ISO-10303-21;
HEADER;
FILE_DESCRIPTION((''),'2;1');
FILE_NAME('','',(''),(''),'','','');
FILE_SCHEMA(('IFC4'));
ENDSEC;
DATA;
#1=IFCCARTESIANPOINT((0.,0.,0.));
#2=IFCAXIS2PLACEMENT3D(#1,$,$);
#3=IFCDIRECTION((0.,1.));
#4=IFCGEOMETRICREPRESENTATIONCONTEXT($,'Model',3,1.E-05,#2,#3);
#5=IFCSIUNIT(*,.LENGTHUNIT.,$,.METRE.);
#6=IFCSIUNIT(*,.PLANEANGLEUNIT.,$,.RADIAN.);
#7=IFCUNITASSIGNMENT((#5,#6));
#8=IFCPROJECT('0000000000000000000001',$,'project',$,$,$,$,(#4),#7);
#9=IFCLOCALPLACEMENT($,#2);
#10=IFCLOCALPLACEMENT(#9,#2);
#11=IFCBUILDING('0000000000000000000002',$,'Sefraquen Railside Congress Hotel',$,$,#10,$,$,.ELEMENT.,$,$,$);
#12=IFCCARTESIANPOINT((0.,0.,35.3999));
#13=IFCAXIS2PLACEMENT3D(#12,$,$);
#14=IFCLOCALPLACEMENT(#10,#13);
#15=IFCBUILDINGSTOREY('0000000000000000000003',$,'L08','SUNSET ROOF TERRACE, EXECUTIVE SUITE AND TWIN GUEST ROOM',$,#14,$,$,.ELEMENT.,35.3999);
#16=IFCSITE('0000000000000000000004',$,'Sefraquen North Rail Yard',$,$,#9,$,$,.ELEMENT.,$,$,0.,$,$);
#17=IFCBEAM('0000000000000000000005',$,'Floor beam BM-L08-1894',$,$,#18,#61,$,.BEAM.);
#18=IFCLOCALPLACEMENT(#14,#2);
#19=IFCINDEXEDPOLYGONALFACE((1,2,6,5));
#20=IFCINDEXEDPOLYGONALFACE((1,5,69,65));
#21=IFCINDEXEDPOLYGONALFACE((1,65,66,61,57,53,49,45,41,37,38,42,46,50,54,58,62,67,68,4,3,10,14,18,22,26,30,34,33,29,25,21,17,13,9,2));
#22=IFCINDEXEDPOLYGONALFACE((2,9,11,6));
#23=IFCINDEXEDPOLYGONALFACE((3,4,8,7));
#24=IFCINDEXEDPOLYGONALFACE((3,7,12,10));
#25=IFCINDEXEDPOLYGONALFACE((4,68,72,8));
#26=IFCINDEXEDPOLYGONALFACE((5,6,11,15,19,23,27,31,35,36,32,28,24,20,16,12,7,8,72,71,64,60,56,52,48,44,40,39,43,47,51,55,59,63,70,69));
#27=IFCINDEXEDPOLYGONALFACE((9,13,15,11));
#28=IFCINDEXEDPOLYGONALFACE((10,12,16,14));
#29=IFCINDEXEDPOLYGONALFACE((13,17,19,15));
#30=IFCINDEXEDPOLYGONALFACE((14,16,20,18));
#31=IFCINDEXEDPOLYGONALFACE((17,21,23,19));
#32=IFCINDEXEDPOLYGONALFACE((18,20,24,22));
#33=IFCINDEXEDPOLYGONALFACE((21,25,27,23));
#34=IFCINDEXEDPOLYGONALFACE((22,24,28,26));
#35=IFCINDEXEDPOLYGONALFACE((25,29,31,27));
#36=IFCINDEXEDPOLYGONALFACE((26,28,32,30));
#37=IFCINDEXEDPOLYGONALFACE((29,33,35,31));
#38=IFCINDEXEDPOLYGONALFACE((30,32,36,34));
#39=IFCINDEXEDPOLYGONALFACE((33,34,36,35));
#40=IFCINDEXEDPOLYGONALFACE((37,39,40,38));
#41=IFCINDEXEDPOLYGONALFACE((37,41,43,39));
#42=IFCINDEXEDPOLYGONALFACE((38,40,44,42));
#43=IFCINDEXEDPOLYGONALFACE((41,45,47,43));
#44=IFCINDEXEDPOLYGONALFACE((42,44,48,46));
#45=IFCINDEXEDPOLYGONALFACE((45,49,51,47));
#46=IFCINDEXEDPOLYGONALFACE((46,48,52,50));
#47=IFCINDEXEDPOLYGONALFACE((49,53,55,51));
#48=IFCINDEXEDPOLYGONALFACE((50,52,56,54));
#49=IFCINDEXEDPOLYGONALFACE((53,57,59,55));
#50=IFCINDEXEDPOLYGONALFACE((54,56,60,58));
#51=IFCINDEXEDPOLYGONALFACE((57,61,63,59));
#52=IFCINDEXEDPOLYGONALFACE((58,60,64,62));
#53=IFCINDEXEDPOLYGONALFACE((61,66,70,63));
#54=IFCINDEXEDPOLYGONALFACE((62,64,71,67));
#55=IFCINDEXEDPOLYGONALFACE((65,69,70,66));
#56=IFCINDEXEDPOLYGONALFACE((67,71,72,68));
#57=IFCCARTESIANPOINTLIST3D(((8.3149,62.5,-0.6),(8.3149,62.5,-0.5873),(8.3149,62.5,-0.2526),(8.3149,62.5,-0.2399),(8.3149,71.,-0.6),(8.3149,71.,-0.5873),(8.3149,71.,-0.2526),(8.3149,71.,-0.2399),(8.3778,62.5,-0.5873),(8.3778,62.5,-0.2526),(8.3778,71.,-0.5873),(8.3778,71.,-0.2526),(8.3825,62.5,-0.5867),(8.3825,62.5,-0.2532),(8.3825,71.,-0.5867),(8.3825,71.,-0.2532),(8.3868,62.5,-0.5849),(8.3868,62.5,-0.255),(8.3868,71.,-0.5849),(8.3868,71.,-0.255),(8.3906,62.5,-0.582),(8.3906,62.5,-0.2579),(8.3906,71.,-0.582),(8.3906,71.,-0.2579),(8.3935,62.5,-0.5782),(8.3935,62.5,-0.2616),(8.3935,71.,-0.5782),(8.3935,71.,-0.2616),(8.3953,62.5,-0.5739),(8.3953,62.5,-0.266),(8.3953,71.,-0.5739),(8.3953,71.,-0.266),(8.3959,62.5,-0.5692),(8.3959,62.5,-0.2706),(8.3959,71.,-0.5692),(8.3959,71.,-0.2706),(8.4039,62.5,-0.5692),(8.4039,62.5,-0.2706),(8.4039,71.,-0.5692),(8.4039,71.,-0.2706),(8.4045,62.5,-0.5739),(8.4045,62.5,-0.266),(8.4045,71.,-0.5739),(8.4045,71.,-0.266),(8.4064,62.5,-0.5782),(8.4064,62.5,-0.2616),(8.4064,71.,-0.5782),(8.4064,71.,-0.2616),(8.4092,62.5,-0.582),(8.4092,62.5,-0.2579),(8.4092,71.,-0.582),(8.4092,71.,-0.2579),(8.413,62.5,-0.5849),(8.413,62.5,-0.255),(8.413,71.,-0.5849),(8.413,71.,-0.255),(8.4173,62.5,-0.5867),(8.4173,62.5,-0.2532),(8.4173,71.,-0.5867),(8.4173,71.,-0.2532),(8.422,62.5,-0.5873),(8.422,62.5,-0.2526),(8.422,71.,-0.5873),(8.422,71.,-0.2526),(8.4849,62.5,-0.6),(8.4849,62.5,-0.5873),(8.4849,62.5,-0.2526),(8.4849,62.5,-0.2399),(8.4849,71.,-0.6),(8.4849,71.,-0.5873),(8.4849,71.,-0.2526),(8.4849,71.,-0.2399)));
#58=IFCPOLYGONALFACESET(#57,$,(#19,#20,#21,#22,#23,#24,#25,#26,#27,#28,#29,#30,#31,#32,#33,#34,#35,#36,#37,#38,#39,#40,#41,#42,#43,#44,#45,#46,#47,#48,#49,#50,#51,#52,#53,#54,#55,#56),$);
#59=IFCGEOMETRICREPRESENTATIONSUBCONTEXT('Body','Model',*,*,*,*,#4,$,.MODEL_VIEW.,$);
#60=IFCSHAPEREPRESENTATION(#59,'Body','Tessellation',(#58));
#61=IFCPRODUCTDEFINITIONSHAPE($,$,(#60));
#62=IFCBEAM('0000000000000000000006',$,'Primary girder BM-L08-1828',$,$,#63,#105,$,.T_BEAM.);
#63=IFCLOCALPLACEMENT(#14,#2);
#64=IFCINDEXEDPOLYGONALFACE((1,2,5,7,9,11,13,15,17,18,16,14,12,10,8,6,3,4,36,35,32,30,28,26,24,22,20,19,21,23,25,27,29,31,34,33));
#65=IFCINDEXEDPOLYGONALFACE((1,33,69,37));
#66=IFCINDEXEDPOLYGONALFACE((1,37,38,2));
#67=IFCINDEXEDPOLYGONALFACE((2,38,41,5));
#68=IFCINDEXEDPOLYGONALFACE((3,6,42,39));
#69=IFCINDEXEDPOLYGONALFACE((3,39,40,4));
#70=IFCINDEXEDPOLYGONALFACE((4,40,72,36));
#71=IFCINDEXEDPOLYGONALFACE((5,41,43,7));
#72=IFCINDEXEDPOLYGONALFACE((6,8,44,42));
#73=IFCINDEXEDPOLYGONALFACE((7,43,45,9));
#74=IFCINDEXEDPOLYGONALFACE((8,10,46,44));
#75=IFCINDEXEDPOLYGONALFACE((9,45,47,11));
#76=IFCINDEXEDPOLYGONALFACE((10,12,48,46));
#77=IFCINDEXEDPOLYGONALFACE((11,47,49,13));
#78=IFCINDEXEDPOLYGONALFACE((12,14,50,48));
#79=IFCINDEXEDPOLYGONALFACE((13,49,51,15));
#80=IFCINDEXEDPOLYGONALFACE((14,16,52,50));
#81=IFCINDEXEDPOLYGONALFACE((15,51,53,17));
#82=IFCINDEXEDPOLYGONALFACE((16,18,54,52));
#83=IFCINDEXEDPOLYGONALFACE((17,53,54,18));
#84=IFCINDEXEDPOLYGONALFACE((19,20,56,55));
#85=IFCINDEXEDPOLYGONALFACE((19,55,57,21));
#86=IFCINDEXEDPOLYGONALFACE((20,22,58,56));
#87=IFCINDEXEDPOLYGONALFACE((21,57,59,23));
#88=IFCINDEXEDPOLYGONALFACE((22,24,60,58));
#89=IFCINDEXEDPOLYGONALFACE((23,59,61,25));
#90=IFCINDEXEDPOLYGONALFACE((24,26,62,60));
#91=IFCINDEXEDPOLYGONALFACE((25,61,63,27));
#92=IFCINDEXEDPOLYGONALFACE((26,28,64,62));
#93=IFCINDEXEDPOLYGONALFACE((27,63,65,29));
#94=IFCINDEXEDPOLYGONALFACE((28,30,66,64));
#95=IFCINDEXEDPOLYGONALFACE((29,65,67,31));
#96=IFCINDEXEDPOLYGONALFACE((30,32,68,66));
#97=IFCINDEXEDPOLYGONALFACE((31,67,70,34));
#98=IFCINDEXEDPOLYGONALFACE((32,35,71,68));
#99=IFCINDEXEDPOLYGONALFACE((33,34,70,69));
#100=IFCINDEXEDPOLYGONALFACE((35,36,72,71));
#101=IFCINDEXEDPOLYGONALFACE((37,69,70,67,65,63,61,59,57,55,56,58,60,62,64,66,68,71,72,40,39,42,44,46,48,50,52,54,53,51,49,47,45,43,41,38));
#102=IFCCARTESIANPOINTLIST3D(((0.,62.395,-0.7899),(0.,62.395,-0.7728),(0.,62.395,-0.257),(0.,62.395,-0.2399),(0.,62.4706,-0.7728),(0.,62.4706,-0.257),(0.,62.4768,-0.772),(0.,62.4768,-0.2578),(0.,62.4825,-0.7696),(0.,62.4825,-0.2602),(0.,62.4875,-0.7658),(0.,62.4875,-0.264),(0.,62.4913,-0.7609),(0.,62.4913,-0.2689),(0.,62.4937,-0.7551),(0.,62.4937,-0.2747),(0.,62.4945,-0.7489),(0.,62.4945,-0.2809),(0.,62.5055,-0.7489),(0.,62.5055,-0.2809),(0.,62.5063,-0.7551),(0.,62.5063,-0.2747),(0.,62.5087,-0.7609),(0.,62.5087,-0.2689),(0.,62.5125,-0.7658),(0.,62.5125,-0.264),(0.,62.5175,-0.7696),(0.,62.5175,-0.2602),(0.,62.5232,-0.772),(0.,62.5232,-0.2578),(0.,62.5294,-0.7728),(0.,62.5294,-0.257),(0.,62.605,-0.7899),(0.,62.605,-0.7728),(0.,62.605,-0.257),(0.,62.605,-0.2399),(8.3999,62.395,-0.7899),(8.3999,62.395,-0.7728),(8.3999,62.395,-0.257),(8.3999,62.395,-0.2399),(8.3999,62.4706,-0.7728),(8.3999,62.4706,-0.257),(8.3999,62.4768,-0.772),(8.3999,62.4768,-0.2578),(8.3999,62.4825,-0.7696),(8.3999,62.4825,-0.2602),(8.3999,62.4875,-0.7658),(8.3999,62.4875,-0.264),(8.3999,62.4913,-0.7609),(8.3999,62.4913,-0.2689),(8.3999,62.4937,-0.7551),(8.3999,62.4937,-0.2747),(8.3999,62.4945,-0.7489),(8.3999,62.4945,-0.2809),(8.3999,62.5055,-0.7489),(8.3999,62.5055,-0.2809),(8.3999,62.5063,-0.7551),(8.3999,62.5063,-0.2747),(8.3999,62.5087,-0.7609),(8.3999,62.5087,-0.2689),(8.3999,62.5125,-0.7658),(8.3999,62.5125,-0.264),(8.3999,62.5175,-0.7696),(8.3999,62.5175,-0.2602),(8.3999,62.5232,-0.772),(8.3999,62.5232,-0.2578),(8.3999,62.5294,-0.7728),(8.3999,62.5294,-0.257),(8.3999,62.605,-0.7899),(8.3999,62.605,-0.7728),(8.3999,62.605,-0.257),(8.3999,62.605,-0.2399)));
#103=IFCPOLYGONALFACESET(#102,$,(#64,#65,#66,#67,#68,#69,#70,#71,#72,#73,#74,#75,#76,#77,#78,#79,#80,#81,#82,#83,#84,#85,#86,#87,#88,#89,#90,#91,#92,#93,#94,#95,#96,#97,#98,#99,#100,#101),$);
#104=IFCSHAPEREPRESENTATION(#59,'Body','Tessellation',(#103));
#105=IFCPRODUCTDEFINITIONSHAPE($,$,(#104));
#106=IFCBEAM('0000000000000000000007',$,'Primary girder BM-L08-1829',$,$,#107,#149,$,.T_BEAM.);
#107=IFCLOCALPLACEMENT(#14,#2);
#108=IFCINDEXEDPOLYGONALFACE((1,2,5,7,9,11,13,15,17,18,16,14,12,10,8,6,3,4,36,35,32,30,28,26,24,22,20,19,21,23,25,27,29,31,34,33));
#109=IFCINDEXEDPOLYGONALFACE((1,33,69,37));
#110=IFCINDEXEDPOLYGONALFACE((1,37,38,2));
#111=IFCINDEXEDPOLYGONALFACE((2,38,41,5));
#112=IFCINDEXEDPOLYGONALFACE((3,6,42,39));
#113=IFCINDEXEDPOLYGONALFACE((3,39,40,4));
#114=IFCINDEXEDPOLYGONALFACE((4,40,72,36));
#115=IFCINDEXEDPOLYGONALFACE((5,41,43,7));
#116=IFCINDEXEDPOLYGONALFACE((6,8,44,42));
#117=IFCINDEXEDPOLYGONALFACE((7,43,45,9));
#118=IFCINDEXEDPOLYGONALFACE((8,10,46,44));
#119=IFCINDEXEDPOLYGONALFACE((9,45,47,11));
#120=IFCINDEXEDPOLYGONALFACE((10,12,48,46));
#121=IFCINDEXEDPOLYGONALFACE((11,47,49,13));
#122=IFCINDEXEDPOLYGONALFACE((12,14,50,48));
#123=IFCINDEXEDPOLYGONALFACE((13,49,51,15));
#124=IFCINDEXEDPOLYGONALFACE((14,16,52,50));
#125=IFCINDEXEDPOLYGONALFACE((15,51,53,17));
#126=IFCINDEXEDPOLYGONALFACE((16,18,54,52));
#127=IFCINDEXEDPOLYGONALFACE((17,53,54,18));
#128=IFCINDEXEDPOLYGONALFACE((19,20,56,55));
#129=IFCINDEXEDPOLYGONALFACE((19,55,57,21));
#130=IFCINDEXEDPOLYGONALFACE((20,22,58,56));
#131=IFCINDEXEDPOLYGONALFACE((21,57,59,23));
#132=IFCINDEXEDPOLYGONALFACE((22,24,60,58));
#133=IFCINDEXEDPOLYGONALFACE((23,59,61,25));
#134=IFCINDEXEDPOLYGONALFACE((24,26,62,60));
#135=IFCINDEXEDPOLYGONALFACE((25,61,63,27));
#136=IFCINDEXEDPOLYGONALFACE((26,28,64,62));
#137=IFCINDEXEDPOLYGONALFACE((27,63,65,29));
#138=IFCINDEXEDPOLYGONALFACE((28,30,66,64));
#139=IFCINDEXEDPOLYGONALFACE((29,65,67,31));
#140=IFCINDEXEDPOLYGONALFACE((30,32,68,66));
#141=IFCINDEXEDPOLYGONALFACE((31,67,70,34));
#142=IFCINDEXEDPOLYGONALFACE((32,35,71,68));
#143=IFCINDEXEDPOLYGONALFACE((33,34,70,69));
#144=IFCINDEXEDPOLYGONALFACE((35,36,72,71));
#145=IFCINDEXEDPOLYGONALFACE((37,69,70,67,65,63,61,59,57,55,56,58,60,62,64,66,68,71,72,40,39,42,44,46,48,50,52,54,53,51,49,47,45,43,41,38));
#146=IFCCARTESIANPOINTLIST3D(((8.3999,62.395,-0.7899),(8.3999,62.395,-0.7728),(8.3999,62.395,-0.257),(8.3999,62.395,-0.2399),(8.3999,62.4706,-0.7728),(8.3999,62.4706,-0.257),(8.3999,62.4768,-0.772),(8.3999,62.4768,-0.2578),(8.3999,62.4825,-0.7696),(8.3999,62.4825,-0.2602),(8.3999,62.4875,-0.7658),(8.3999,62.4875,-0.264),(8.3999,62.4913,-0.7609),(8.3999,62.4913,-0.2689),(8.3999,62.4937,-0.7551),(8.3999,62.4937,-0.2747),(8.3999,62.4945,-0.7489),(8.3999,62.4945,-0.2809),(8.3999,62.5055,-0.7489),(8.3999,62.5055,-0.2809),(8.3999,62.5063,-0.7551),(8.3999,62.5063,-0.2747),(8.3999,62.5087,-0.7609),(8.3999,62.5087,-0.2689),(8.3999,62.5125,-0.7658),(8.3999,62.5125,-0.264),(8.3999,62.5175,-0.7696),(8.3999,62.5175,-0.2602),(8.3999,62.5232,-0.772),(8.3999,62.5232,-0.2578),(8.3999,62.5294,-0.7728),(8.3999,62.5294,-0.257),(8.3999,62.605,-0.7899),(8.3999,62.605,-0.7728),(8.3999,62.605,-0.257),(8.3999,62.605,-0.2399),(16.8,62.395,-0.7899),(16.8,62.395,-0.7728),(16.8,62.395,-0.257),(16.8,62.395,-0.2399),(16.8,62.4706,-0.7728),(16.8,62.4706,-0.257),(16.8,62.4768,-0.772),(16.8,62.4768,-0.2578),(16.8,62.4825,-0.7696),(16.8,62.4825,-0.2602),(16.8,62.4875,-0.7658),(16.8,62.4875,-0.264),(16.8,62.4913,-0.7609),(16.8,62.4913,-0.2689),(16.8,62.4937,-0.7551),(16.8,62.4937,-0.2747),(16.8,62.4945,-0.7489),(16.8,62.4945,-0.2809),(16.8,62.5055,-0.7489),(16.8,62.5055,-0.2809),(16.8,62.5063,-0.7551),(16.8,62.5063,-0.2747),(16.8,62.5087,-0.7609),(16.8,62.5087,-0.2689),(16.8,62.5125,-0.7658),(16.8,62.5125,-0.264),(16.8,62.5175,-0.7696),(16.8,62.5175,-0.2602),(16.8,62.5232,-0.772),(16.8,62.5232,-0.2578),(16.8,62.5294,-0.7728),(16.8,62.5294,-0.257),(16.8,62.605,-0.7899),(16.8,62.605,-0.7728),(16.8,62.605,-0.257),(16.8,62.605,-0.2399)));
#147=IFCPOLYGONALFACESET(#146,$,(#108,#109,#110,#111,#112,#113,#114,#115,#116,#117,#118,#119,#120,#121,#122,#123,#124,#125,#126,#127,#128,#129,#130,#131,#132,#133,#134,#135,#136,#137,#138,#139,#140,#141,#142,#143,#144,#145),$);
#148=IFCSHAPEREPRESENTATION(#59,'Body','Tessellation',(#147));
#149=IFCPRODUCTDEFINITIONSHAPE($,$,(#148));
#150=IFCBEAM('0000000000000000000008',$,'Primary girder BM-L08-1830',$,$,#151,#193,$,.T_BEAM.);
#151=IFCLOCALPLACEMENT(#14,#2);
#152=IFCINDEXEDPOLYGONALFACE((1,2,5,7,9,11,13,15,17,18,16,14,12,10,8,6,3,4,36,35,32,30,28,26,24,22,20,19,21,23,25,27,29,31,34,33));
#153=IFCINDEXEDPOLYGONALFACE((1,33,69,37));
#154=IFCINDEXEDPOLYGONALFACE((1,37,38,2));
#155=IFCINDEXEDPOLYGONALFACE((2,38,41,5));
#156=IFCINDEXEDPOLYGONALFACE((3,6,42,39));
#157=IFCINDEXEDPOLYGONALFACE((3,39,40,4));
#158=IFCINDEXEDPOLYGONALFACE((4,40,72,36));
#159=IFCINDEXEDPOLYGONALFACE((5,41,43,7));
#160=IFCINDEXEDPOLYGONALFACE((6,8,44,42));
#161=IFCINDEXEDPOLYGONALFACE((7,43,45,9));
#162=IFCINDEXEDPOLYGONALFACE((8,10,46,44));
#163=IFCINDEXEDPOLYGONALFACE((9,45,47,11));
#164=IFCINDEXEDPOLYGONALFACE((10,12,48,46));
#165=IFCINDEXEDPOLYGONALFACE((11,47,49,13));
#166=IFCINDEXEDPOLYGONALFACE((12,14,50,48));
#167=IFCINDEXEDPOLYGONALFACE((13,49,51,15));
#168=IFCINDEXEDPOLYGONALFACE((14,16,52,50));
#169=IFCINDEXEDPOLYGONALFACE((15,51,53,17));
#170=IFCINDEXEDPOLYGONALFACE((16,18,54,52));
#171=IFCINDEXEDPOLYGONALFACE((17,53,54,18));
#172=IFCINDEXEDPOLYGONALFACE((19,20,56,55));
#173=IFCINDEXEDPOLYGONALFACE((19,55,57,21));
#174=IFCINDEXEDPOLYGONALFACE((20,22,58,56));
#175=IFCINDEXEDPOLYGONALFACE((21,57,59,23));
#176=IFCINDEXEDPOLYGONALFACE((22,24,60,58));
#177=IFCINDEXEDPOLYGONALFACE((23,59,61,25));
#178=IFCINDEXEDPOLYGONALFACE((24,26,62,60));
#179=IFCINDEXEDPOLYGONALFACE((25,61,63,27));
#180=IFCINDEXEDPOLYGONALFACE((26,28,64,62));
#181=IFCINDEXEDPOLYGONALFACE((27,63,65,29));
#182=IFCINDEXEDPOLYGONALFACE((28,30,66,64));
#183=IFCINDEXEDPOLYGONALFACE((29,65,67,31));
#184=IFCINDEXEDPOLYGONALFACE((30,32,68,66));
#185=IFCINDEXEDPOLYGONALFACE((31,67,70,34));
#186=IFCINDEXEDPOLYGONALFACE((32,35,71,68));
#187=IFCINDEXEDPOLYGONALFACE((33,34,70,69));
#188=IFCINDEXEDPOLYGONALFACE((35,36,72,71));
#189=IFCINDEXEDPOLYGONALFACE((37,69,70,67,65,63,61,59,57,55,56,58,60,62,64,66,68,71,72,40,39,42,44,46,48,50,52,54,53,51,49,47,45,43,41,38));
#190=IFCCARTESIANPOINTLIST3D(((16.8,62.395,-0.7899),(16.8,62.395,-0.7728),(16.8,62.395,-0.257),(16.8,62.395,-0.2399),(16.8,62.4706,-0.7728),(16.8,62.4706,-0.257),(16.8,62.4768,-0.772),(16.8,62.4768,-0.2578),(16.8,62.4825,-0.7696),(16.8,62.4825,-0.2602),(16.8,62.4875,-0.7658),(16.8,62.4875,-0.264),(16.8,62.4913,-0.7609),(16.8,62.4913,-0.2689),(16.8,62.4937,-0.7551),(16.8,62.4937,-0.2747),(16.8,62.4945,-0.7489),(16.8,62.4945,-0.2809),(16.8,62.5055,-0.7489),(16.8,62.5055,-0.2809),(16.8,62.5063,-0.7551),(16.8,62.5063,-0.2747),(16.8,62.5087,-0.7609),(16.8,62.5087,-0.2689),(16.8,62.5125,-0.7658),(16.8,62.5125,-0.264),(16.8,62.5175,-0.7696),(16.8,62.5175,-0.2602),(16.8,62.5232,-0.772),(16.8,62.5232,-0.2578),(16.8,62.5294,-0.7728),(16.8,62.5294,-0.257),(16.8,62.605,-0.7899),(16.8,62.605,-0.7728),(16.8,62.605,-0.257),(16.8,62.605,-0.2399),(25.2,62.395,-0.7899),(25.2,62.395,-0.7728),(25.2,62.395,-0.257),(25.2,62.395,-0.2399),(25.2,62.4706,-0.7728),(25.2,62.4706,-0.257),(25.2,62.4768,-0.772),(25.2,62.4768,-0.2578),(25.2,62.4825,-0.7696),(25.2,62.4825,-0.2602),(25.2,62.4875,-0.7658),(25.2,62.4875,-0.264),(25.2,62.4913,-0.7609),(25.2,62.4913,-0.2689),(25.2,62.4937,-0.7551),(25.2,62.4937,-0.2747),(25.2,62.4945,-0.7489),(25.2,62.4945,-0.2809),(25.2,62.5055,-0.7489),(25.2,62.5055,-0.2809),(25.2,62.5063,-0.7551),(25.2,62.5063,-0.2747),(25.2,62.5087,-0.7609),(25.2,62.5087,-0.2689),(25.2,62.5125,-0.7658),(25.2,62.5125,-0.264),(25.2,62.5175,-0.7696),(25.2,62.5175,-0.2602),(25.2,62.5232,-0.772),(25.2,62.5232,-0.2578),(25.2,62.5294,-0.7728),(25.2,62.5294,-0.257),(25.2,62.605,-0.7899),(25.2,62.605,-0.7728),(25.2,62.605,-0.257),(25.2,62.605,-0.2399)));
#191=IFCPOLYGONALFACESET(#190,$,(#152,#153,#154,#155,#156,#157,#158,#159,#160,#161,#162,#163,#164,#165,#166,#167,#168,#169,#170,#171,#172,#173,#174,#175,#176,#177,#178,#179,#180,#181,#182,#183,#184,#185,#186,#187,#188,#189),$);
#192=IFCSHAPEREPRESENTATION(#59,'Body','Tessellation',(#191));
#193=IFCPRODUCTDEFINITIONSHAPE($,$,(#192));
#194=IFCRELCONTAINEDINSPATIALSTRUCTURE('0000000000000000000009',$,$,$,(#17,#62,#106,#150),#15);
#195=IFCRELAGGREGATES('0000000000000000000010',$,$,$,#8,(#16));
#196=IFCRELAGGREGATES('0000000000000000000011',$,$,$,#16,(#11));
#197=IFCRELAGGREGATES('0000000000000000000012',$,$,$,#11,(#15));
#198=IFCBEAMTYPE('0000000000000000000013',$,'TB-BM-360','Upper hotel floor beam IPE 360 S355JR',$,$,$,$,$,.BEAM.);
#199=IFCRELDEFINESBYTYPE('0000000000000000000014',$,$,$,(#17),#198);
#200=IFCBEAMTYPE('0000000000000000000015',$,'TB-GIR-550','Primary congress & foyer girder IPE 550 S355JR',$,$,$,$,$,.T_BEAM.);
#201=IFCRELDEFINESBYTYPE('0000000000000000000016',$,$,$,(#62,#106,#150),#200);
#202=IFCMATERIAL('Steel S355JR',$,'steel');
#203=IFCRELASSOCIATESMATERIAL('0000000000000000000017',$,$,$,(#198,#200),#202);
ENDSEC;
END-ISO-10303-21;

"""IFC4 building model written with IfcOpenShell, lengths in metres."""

from ifc_helpers import new_model, si_unit, direction, frame, origin, origin_2d, place, context, subcontext, project, spatial, i_section, extrude, material, material_profile, profile_set, type_object, element, save


model = new_model("IFC4")

# Units and contexts
model_context = context("Model", 3, precision=1e-05, world=origin(), true_north=direction((0.0, 1.0)))
body_context = subcontext(model_context, "Body", "Model", "MODEL_VIEW")
ifc_project = project(units=[si_unit("LENGTHUNIT", "METRE"), si_unit("PLANEANGLEUNIT", "RADIAN")], contexts=[model_context])

# Site, building, storey
site_placement = place(None, origin())
site = spatial("IfcSite", under=ifc_project, at=site_placement, Name="Sefraquen North Rail Yard", CompositionType="ELEMENT", RefElevation=0.0)
building_placement = place(site_placement, origin())
building = spatial("IfcBuilding", under=site, at=building_placement, Name="Sefraquen Railside Congress Hotel", CompositionType="ELEMENT")
storey_placement = place(building_placement, frame((0.0, 0.0, 35.3999)))
storey = spatial("IfcBuildingStorey", under=building, at=storey_placement, Name="L08", Description="SUNSET ROOF TERRACE, EXECUTIVE SUITE AND TWIN GUEST ROOM", CompositionType="ELEMENT", Elevation=35.3999)

# Shared definitions
ifc_material_1 = material(Name="Steel S355JR", Category="steel")

# Beams
ifc_material_profile_1 = material_profile(ifc_material_1, i_section(OverallWidth=0.1699, OverallDepth=0.3601, WebThickness=0.0081, FlangeThickness=0.0127, FilletRadius=0.0181, at=origin_2d()), Name="IPE 360")
ifc_profile_set_1 = profile_set([ifc_material_profile_1], Name="Steel S355JR")
beam_type_1 = type_object("IfcBeamType", Name="TB-BM-360", Description="Upper hotel floor beam IPE 360 S355JR", PredefinedType="BEAM", material=ifc_profile_set_1)
for number, where, z_axis, x_axis, name in (
    (1, (8.3999, 62.5, -0.4199), (0.0, 1.0, 0.0), (-1.0, 0.0, 0.0), "Floor beam BM-L08-1894"),
):
    element("IfcBeam", number, at=place(storey_placement, frame(where, z_axis=z_axis, x_axis=x_axis)), inside=storey, type_object=beam_type_1, Name=name, PredefinedType="BEAM", context=body_context, shape_type="SweptSolid", body=[
        extrude(i_section(OverallWidth=0.1699, OverallDepth=0.3601, WebThickness=0.0081, FlangeThickness=0.0127, FilletRadius=0.0181, at=origin_2d()), origin(), (0.0, 0.0, 1.0), 8.5),
    ])
ifc_material_profile_2 = material_profile(ifc_material_1, i_section(OverallWidth=0.21, OverallDepth=0.55, WebThickness=0.011, FlangeThickness=0.0171, FilletRadius=0.0239, at=origin_2d()), Name="IPE 550")
ifc_profile_set_2 = profile_set([ifc_material_profile_2], Name="Steel S355JR")
beam_type_2 = type_object("IfcBeamType", Name="TB-GIR-550", Description="Primary congress & foyer girder IPE 550 S355JR", PredefinedType="T_BEAM", material=ifc_profile_set_2)
beam_1_placement = place(storey_placement, frame((0.0, 62.5, -0.5149), z_axis=(1.0, 0.0, 0.0), x_axis=(0.0, 1.0, 0.0)))
element("IfcBeam", 2, at=beam_1_placement, inside=storey, type_object=beam_type_2, Name="Primary girder BM-L08-1828", PredefinedType="T_BEAM", context=body_context, shape_type="SweptSolid", body=[
    extrude(i_section(OverallWidth=0.21, OverallDepth=0.55, WebThickness=0.011, FlangeThickness=0.0171, FilletRadius=0.0239, at=origin_2d()), origin(), (0.0, 0.0, 1.0), 8.3999),
])
beam_2_placement = place(storey_placement, frame((8.3999, 62.5, -0.5149), z_axis=(1.0, 0.0, 0.0), x_axis=(0.0, 1.0, 0.0)))
element("IfcBeam", 3, at=beam_2_placement, inside=storey, type_object=beam_type_2, Name="Primary girder BM-L08-1829", PredefinedType="T_BEAM", context=body_context, shape_type="SweptSolid", body=[
    extrude(i_section(OverallWidth=0.21, OverallDepth=0.55, WebThickness=0.011, FlangeThickness=0.0171, FilletRadius=0.0239, at=origin_2d()), origin(), (0.0, 0.0, 1.0), 8.4001),
])
beam_3_placement = place(storey_placement, frame((16.8, 62.5, -0.5149), z_axis=(1.0, 0.0, 0.0), x_axis=(0.0, 1.0, 0.0)))
element("IfcBeam", 4, at=beam_3_placement, inside=storey, type_object=beam_type_2, Name="Primary girder BM-L08-1830", PredefinedType="T_BEAM", context=body_context, shape_type="SweptSolid", body=[
    extrude(i_section(OverallWidth=0.21, OverallDepth=0.55, WebThickness=0.011, FlangeThickness=0.0171, FilletRadius=0.0239, at=origin_2d()), origin(), (0.0, 0.0, 1.0), 8.3999),
])

save(model, "model.ifc")
